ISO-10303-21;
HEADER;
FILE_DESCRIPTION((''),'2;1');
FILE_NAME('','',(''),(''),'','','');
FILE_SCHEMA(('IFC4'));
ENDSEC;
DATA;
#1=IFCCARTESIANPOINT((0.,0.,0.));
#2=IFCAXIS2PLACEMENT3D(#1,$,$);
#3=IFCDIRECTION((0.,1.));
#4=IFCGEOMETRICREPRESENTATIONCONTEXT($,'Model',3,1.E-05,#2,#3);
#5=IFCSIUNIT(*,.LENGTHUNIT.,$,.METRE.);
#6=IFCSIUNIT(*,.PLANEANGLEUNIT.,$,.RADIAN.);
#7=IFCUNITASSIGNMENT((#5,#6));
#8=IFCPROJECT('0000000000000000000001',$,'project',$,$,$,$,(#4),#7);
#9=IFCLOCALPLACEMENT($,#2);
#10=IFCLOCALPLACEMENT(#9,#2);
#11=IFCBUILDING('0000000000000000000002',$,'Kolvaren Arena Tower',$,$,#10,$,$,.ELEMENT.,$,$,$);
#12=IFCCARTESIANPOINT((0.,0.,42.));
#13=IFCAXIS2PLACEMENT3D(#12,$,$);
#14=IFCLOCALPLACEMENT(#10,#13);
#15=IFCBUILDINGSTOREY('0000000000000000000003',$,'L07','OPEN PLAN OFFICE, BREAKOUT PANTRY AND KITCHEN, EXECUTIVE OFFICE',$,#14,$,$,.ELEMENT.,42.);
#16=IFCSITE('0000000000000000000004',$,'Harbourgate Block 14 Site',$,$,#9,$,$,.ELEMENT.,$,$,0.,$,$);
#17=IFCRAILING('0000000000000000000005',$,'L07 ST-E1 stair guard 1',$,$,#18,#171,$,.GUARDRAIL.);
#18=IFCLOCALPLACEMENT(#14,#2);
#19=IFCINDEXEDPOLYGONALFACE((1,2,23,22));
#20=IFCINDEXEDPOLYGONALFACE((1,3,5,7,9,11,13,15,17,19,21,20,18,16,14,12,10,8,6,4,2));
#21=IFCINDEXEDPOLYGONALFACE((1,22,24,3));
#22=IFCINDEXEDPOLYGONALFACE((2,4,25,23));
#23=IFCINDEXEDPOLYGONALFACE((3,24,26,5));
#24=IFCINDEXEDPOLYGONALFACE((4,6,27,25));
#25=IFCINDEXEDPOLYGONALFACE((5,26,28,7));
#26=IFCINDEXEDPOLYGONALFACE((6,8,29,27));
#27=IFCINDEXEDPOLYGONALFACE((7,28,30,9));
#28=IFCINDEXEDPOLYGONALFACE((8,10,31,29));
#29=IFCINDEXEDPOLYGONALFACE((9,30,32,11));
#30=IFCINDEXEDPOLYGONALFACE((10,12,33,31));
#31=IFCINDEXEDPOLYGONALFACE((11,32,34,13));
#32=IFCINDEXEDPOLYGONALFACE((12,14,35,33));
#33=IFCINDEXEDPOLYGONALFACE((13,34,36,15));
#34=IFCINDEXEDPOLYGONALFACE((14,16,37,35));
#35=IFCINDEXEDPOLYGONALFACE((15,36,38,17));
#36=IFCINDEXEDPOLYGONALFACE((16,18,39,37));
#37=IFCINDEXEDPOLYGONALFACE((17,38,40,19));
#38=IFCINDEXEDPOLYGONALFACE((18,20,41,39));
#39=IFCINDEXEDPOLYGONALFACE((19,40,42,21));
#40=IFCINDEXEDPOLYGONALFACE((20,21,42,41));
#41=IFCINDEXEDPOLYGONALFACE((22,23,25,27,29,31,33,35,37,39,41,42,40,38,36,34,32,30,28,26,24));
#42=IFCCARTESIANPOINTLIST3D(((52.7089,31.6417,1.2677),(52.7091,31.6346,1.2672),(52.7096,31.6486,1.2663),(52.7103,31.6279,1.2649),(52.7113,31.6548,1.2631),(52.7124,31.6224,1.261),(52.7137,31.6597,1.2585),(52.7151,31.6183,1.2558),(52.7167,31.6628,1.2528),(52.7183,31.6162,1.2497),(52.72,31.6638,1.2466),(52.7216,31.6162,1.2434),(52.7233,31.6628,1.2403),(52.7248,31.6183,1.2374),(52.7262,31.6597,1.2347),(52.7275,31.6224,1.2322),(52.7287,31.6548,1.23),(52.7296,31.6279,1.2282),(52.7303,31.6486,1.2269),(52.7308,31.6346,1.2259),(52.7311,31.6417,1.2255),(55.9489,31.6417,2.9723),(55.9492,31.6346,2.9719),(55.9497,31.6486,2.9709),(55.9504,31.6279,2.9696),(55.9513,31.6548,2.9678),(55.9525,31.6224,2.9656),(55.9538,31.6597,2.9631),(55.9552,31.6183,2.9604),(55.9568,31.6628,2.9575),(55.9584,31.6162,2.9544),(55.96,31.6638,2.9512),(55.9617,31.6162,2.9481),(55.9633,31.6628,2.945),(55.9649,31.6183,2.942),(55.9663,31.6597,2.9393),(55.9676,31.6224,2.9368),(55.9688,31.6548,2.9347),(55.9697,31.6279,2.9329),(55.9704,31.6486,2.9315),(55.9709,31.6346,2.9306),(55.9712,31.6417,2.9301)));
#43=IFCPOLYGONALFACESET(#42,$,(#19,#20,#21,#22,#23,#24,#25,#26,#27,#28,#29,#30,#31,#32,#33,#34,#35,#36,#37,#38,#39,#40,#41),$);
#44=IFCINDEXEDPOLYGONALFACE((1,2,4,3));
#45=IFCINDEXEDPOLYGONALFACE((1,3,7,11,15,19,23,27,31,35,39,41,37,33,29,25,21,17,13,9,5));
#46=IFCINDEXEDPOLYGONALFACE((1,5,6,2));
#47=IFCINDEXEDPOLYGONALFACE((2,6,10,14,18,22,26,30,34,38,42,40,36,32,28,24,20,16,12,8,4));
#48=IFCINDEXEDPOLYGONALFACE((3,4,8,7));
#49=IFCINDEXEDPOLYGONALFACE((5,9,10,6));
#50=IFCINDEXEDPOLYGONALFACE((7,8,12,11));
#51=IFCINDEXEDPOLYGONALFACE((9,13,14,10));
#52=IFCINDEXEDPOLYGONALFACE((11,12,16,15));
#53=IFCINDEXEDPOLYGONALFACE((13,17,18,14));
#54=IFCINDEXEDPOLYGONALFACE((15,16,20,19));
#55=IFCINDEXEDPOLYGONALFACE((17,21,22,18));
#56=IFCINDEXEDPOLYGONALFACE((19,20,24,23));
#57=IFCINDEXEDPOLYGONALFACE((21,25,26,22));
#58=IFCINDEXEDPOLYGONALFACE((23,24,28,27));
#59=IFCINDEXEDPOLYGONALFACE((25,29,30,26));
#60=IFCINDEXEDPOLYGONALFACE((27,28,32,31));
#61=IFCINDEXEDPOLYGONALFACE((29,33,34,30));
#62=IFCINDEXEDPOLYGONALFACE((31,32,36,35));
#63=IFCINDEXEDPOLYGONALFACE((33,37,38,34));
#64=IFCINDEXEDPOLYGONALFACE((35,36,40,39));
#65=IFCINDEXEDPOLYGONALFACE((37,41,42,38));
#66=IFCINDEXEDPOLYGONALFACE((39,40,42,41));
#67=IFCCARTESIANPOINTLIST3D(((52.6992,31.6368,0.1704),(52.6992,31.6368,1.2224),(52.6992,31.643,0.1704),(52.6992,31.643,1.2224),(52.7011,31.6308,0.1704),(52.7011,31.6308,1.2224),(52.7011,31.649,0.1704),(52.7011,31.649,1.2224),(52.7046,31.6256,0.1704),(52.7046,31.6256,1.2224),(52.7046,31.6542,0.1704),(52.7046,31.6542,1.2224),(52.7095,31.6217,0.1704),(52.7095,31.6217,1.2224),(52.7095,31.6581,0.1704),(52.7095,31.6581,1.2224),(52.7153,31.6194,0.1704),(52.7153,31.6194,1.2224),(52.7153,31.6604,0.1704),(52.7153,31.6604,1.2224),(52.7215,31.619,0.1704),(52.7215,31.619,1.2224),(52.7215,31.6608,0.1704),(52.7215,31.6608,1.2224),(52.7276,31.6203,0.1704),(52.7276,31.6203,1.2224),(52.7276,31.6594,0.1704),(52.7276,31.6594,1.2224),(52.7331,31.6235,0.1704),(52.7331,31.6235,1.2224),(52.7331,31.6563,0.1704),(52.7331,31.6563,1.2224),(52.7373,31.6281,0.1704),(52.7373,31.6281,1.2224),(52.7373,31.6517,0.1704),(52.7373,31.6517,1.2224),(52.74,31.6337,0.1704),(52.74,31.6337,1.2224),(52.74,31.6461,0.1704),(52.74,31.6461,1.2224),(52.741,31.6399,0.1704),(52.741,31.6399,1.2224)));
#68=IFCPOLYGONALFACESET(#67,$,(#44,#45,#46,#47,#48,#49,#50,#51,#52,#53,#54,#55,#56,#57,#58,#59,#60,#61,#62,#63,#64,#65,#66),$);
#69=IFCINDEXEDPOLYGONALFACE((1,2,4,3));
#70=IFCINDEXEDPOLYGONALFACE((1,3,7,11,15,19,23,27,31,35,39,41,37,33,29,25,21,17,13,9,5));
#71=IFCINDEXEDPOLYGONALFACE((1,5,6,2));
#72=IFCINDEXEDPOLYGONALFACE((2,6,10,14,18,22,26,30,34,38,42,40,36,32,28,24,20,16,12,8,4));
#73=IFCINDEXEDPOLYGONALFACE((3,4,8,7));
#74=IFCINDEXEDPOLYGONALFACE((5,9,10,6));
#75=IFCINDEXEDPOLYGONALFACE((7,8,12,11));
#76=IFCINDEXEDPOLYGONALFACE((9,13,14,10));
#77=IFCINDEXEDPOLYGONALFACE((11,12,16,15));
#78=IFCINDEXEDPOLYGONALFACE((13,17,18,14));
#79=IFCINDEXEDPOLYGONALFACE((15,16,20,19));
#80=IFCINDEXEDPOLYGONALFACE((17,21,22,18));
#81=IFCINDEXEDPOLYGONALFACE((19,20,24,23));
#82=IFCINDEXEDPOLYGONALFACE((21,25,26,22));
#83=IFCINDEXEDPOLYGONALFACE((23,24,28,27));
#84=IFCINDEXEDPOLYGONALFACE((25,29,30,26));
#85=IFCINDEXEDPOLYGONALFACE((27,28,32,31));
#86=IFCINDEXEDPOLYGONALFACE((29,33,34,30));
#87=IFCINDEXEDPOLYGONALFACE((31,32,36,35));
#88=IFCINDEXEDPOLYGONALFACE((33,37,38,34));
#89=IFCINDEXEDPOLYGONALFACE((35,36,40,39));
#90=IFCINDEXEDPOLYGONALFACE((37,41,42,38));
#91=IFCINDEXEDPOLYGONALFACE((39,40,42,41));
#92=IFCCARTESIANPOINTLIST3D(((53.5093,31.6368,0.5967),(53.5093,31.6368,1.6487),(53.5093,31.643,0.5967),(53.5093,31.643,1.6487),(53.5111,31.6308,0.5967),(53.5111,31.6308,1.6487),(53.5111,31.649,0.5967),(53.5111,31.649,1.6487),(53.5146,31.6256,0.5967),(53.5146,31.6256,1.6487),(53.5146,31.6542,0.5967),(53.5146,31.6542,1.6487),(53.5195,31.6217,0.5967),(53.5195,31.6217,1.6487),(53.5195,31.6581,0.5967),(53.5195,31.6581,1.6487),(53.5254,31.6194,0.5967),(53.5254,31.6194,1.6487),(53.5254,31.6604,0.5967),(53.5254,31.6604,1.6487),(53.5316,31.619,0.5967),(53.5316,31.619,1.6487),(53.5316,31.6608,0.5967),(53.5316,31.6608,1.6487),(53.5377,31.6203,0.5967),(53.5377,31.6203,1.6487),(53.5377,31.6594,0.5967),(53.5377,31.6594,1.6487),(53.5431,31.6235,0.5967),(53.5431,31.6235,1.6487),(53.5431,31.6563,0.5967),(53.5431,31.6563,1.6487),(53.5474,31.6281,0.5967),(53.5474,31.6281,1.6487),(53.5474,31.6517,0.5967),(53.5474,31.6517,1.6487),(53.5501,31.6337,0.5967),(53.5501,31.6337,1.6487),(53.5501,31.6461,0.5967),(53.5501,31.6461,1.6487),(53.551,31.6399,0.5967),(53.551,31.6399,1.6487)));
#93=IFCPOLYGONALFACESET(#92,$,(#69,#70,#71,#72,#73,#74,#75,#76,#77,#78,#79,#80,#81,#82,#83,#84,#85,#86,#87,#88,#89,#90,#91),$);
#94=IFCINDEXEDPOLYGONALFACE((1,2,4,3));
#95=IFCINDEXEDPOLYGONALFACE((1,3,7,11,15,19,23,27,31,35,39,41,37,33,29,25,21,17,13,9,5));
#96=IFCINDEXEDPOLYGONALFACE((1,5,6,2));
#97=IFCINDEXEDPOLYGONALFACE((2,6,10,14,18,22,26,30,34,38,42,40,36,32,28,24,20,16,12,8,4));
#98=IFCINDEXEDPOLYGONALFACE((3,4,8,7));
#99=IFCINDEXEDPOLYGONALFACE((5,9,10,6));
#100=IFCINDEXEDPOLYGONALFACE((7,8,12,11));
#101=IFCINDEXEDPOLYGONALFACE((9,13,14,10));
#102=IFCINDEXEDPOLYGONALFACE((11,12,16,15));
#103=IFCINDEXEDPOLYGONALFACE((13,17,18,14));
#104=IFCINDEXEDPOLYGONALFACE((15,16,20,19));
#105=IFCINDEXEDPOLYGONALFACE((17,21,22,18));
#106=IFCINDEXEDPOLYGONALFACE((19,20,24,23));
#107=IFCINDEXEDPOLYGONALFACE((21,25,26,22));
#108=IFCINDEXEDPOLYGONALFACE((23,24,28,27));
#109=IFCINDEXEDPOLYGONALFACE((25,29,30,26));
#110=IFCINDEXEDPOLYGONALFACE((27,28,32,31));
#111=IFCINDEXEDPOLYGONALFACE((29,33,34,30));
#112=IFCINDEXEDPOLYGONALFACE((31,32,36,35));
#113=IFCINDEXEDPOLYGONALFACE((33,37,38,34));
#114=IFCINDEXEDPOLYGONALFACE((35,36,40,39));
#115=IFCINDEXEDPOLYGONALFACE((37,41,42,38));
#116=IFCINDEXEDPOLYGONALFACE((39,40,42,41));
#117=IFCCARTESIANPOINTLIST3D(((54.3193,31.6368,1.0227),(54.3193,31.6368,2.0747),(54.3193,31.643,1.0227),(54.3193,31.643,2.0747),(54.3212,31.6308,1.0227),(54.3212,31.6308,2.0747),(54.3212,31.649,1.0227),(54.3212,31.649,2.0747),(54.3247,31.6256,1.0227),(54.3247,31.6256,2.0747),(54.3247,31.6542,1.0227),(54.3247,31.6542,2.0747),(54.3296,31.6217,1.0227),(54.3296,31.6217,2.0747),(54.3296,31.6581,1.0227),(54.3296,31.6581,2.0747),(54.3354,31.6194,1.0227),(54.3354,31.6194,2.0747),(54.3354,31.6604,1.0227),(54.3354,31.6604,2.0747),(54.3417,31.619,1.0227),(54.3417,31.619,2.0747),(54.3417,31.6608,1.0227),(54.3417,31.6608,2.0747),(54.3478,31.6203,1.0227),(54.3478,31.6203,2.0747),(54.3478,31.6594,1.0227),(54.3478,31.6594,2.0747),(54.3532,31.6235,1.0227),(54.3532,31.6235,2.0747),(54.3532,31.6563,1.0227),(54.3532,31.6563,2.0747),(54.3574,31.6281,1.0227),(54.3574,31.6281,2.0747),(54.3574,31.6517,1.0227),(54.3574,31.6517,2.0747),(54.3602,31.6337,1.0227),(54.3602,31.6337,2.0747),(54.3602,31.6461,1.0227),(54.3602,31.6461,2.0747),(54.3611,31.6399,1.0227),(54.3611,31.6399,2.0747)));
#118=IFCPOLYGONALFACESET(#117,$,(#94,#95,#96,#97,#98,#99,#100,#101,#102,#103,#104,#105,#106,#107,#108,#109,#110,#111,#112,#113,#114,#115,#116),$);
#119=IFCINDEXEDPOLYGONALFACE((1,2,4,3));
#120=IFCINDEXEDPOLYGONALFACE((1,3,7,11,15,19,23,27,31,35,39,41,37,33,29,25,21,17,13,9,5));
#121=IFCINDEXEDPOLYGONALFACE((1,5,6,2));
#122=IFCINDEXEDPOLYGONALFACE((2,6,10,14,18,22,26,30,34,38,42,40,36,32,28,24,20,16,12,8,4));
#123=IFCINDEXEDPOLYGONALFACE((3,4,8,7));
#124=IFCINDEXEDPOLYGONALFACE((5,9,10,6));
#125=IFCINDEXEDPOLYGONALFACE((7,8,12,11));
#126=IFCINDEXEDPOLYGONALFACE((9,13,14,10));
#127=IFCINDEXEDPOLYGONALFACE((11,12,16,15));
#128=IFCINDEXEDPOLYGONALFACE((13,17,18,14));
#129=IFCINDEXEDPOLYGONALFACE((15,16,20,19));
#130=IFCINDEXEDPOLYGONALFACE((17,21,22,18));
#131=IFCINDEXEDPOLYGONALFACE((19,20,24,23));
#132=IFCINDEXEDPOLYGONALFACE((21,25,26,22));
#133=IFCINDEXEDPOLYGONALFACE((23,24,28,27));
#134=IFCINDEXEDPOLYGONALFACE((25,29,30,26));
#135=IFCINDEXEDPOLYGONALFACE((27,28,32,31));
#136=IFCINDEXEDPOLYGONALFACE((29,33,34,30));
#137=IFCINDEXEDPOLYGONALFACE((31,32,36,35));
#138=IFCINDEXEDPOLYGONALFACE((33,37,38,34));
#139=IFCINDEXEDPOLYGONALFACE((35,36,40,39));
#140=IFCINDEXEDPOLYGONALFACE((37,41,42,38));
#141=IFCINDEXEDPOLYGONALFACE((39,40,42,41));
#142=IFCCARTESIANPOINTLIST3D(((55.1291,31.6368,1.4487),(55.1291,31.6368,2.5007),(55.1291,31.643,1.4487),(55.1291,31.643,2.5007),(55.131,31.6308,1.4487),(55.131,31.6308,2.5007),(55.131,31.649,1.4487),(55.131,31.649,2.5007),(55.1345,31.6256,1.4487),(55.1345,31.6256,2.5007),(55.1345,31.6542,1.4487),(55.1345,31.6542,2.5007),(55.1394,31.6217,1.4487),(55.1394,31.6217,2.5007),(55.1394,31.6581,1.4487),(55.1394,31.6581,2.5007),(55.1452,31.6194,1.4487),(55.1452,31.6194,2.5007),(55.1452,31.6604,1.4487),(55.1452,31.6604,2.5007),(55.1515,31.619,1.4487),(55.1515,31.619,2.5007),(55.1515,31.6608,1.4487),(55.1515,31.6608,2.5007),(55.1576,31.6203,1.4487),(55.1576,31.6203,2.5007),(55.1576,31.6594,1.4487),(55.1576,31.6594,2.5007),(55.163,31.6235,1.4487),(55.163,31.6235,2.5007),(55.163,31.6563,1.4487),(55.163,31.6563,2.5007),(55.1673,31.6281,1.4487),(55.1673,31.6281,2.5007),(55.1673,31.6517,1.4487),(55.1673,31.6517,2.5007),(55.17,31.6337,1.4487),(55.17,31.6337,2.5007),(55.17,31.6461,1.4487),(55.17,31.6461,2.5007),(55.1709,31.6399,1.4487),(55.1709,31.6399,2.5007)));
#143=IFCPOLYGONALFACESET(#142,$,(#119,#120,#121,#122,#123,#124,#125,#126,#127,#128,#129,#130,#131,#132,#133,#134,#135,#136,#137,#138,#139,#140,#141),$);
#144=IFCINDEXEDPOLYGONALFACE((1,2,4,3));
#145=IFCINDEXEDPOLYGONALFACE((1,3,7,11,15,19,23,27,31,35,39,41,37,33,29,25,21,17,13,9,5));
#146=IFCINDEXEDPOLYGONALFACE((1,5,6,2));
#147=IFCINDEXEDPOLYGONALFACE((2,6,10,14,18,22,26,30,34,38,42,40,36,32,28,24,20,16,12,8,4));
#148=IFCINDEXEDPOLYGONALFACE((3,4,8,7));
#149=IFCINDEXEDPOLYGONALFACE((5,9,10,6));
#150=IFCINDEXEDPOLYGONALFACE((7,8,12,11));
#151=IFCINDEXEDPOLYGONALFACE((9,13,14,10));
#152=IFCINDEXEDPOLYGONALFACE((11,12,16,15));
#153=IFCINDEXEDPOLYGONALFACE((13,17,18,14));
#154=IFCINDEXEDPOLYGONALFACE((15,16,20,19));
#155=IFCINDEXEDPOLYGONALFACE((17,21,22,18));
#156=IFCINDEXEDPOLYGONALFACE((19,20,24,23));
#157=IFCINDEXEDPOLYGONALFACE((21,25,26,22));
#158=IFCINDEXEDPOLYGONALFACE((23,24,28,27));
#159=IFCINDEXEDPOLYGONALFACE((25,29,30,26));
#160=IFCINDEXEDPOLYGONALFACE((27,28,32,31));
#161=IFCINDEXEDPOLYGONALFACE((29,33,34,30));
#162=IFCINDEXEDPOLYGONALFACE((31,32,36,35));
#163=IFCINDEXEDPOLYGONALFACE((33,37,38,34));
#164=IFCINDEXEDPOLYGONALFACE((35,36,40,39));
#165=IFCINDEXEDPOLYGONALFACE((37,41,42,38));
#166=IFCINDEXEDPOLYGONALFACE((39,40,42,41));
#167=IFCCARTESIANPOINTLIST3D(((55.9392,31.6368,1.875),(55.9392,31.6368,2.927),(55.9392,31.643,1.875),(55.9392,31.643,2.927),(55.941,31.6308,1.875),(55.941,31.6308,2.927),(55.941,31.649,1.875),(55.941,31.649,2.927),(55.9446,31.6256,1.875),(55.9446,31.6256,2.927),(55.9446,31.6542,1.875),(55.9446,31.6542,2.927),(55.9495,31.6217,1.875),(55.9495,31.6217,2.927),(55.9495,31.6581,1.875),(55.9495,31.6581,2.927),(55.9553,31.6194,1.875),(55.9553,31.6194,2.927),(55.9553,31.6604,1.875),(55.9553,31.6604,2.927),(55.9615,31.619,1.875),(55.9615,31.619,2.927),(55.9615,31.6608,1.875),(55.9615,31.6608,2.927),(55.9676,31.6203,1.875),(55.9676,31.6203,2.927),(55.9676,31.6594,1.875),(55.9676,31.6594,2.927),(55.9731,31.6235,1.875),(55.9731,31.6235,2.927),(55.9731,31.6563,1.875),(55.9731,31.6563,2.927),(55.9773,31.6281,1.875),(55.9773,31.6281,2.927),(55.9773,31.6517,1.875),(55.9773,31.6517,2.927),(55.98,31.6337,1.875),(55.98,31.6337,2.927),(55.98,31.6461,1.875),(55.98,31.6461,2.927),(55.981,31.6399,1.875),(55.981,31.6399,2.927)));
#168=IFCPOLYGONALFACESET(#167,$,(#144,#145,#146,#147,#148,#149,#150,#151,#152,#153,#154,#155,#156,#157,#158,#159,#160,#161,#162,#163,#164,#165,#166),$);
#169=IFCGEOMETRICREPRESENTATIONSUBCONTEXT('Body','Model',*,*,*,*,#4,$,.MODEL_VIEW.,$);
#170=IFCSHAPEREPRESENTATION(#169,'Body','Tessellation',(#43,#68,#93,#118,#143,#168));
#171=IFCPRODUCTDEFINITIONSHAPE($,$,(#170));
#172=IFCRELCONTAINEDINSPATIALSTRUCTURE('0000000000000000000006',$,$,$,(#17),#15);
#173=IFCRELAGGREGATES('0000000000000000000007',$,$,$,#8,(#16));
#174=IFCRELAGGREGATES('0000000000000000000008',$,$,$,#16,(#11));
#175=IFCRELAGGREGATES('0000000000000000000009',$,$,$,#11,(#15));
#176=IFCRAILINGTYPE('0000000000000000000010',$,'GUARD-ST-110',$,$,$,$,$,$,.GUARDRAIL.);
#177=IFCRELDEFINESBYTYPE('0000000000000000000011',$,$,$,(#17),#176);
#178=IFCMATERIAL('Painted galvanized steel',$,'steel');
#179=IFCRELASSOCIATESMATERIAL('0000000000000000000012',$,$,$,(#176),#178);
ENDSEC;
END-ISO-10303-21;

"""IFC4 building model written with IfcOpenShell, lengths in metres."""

from ifc_helpers import new_model, si_unit, direction, frame, origin, origin_2d, place, context, subcontext, project, spatial, circle, extrude, material, type_object, element, save


model = new_model("IFC4")

# Units and contexts
model_context = context("Model", 3, precision=1e-05, world=origin(), true_north=direction((0.0, 1.0)))
body_context = subcontext(model_context, "Body", "Model", "MODEL_VIEW")
ifc_project = project(units=[si_unit("LENGTHUNIT", "METRE"), si_unit("PLANEANGLEUNIT", "RADIAN")], contexts=[model_context])

# Site, building, storey
site_placement = place(None, origin())
site = spatial("IfcSite", under=ifc_project, at=site_placement, Name="Harbourgate Block 14 Site", CompositionType="ELEMENT", RefElevation=0.0)
building_placement = place(site_placement, origin())
building = spatial("IfcBuilding", under=site, at=building_placement, Name="Kolvaren Arena Tower", CompositionType="ELEMENT")
storey_placement = place(building_placement, frame((0.0, 0.0, 42.0)))
storey = spatial("IfcBuildingStorey", under=building, at=storey_placement, Name="L07", Description="OPEN PLAN OFFICE, BREAKOUT PANTRY AND KITCHEN, EXECUTIVE OFFICE", CompositionType="ELEMENT", Elevation=42.0)

# Railing
ifc_material_1 = material(Name="Painted galvanized steel", Category="steel")
railing_type_1 = type_object("IfcRailingType", Name="GUARD-ST-110", PredefinedType="GUARDRAIL", material=ifc_material_1)
railing_1_placement = place(storey_placement, frame((52.72, 31.6399, 0.1704)))
element("IfcRailing", 1, at=railing_1_placement, inside=storey, type_object=railing_type_1, Name="L07 ST-E1 stair guard 1", PredefinedType="GUARDRAIL", context=body_context, shape_type="SweptSolid", body=[
    extrude(circle(Radius=0.0239, at=origin_2d()), frame((0.0, 0.0, 1.0762), z_axis=(0.884993, 0.0, 0.465604), x_axis=(0.0, 1.0, 0.0)), (0.0, 0.0, 1.0), 3.6611),
    extrude(circle(Radius=0.021, at=origin_2d()), origin(), (0.0, 0.0, 1.0), 1.052),
    extrude(circle(Radius=0.021, at=origin_2d()), frame((0.8101, 0.0, 0.4263)), (0.0, 0.0, 1.0), 1.052),
    extrude(circle(Radius=0.021, at=origin_2d()), frame((1.6201, 0.0, 0.8523)), (0.0, 0.0, 1.0), 1.052),
    extrude(circle(Radius=0.021, at=origin_2d()), frame((2.4299, 0.0, 1.2783)), (0.0, 0.0, 1.0), 1.052),
    extrude(circle(Radius=0.021, at=origin_2d()), frame((3.24, 0.0, 1.7046)), (0.0, 0.0, 1.0), 1.052),
])

save(model, "model.ifc")
